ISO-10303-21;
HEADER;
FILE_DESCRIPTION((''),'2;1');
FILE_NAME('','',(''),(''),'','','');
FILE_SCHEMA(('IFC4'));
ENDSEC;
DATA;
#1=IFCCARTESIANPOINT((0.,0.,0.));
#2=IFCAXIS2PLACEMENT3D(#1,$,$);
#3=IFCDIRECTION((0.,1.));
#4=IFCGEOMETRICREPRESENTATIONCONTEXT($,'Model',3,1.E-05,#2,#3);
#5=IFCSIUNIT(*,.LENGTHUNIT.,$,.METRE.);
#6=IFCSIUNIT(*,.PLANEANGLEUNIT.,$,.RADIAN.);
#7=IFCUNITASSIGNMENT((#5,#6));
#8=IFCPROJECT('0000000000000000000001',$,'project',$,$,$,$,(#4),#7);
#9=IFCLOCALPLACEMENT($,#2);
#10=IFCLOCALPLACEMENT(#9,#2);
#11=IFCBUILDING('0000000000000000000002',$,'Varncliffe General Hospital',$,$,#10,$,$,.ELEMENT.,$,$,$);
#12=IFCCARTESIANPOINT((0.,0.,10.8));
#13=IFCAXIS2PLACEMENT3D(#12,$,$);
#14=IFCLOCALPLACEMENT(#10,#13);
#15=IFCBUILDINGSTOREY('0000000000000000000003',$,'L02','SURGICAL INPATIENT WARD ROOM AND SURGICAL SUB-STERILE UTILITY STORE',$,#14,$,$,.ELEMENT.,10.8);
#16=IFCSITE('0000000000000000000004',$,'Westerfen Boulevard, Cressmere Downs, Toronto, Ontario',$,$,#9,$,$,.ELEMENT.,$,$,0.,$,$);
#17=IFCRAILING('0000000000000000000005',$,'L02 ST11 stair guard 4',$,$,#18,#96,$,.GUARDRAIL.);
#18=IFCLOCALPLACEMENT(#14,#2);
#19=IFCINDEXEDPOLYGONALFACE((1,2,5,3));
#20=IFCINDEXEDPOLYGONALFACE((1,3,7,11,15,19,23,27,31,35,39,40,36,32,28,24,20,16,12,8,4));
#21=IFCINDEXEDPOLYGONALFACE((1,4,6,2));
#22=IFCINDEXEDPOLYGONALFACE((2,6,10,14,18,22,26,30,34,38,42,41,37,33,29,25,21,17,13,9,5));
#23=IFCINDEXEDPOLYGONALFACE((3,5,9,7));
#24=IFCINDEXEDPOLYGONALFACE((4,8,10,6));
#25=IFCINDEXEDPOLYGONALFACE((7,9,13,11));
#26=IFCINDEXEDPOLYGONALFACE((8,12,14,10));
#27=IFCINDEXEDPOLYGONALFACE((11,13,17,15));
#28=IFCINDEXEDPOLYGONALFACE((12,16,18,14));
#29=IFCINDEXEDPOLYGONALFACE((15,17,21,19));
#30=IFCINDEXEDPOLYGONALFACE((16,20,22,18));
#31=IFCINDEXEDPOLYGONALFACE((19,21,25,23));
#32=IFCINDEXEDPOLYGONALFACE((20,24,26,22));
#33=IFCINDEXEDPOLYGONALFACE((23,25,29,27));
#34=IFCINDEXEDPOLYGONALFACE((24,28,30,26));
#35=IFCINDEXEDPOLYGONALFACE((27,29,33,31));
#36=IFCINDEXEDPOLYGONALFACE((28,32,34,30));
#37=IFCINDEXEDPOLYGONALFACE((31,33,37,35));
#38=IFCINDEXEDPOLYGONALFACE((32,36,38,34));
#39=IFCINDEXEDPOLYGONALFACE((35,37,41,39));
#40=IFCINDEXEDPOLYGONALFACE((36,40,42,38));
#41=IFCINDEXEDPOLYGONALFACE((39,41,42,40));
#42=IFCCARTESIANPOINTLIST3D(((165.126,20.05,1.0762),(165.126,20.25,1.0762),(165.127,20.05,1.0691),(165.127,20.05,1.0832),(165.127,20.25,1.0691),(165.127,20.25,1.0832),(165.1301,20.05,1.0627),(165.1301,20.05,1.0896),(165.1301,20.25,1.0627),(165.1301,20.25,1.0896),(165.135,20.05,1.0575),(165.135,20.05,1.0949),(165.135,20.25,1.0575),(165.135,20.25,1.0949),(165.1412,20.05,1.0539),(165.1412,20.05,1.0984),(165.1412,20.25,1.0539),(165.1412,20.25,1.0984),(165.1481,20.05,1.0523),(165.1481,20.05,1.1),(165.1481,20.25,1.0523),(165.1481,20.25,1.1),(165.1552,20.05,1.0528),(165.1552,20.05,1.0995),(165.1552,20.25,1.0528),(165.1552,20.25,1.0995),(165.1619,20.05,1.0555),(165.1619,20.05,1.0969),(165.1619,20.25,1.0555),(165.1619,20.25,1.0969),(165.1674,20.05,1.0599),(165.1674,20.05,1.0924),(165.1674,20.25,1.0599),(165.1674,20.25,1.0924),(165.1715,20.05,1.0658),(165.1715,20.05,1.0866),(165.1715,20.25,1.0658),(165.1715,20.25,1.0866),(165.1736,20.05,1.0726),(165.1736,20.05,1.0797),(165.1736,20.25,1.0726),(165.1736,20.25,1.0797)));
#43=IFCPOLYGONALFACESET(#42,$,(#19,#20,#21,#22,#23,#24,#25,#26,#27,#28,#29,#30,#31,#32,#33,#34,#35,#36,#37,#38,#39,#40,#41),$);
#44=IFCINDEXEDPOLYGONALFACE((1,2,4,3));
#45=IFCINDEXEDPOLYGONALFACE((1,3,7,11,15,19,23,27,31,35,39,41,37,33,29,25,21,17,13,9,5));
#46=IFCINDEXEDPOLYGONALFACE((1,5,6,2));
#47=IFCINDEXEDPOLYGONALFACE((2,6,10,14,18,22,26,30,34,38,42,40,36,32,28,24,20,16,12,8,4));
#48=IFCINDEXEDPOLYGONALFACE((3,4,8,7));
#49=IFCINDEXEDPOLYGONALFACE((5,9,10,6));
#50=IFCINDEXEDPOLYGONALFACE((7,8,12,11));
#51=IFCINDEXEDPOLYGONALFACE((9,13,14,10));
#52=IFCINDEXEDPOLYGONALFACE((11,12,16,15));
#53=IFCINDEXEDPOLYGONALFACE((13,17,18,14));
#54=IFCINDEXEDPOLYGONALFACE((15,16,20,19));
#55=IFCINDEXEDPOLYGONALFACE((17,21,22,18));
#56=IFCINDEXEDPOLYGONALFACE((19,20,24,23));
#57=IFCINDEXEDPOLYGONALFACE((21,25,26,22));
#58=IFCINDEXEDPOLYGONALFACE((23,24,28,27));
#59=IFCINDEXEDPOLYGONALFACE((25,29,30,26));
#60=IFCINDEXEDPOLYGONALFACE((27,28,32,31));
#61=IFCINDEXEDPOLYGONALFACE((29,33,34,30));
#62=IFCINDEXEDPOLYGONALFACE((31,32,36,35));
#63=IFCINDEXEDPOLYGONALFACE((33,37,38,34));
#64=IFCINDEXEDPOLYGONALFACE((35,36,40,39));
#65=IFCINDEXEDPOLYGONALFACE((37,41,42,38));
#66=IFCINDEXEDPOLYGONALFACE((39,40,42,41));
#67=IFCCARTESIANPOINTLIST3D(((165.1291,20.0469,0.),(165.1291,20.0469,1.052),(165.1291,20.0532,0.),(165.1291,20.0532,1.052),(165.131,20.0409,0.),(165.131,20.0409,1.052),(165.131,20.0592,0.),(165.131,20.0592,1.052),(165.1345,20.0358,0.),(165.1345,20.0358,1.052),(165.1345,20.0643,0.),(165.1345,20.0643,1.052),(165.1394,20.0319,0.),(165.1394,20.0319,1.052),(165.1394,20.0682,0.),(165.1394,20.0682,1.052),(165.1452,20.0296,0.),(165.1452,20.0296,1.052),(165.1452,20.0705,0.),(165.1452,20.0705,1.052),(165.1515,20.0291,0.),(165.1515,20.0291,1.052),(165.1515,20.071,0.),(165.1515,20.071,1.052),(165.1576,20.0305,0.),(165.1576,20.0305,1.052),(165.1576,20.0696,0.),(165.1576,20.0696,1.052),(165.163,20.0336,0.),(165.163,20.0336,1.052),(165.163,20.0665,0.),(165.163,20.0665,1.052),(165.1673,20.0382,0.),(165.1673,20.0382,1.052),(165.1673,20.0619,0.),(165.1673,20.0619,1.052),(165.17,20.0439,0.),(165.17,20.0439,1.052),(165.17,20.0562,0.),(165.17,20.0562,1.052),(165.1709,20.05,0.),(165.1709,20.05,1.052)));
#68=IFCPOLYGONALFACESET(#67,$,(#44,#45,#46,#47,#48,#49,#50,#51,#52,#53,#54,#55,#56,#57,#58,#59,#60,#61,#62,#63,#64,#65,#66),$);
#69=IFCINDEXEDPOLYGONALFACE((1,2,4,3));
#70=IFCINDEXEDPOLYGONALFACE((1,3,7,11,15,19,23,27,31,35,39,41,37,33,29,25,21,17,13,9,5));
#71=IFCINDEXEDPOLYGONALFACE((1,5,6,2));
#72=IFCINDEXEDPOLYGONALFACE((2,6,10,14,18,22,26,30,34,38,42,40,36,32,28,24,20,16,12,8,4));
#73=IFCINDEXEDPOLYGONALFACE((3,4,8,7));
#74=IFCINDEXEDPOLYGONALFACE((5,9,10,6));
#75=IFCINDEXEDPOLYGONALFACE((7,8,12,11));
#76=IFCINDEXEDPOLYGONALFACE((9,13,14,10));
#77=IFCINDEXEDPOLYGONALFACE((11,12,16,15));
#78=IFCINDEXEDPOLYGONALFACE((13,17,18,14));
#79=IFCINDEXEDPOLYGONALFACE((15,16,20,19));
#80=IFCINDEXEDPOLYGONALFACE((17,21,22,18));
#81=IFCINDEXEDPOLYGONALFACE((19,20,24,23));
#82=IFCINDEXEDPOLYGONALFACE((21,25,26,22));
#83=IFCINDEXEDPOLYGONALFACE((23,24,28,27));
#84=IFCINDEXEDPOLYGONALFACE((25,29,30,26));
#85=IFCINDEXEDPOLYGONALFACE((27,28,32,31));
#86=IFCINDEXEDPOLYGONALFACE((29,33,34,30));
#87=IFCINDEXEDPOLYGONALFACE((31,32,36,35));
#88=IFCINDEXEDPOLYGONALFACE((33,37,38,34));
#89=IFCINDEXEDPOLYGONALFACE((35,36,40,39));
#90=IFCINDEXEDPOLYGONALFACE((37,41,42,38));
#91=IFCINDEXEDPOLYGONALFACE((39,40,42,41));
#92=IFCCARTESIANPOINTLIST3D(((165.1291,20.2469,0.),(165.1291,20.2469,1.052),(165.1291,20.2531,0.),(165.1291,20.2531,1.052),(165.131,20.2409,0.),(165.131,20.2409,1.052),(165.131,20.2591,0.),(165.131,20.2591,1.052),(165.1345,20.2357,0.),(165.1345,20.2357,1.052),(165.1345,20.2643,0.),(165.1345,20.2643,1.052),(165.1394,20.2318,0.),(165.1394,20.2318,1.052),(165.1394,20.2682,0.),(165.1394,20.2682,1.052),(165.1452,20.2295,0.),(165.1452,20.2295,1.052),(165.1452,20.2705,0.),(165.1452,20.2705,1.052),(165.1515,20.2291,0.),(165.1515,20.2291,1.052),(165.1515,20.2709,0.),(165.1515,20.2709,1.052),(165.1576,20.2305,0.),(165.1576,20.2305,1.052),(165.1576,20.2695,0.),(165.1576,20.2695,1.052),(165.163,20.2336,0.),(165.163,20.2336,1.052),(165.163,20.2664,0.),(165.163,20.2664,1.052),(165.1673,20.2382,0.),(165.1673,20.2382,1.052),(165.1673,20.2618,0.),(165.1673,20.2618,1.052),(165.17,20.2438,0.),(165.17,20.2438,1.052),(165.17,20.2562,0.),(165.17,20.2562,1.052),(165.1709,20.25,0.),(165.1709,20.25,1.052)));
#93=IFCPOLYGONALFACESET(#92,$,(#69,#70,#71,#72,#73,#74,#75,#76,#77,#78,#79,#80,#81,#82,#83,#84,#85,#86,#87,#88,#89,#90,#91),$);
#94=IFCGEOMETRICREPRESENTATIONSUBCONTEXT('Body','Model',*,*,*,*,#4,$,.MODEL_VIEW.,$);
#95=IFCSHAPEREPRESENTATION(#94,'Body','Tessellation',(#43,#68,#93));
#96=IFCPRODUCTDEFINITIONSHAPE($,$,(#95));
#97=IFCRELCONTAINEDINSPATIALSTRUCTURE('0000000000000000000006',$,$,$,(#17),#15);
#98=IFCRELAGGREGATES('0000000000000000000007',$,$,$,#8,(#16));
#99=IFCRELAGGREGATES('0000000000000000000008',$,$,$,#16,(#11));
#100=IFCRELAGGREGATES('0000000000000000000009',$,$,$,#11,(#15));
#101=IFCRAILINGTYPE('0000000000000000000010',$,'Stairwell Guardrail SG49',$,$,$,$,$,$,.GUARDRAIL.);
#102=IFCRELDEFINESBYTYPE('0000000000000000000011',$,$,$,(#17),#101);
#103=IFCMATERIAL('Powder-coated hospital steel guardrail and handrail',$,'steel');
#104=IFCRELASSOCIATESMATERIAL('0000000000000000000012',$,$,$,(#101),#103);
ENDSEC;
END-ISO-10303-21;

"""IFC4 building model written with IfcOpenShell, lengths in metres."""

from ifc_helpers import new_model, si_unit, direction, frame, origin, origin_2d, place, context, subcontext, project, spatial, circle, extrude, material, type_object, element, save


model = new_model("IFC4")

# Units and contexts
model_context = context("Model", 3, precision=1e-05, world=origin(), true_north=direction((0.0, 1.0)))
body_context = subcontext(model_context, "Body", "Model", "MODEL_VIEW")
ifc_project = project(units=[si_unit("LENGTHUNIT", "METRE"), si_unit("PLANEANGLEUNIT", "RADIAN")], contexts=[model_context])

# Site, building, storey
site_placement = place(None, origin())
site = spatial("IfcSite", under=ifc_project, at=site_placement, Name="Westerfen Boulevard, Cressmere Downs, Toronto, Ontario", CompositionType="ELEMENT", RefElevation=0.0)
building_placement = place(site_placement, origin())
building = spatial("IfcBuilding", under=site, at=building_placement, Name="Varncliffe General Hospital", CompositionType="ELEMENT")
storey_placement = place(building_placement, frame((0.0, 0.0, 10.8)))
storey = spatial("IfcBuildingStorey", under=building, at=storey_placement, Name="L02", Description="SURGICAL INPATIENT WARD ROOM AND SURGICAL SUB-STERILE UTILITY STORE", CompositionType="ELEMENT", Elevation=10.8)

# Railing
ifc_material_1 = material(Name="Powder-coated hospital steel guardrail and handrail", Category="steel")
railing_type_1 = type_object("IfcRailingType", Name="Stairwell Guardrail SG49", PredefinedType="GUARDRAIL", material=ifc_material_1)
railing_1_placement = place(storey_placement, frame((165.1499, 20.05, 0.0)))
element("IfcRailing", 1, at=railing_1_placement, inside=storey, type_object=railing_type_1, Name="L02 ST11 stair guard 4", PredefinedType="GUARDRAIL", context=body_context, shape_type="SweptSolid", body=[
    extrude(circle(Radius=0.0239, at=origin_2d()), frame((0.0, 0.0, 1.0762), z_axis=(0.0, 1.0, 0.0), x_axis=(-1.0, 0.0, 0.0)), (0.0, 0.0, 1.0), 0.2),
    extrude(circle(Radius=0.021, at=origin_2d()), origin(), (0.0, 0.0, 1.0), 1.052),
    extrude(circle(Radius=0.021, at=origin_2d()), frame((0.0, 0.2, 0.0)), (0.0, 0.0, 1.0), 1.052),
])

save(model, "model.ifc")
